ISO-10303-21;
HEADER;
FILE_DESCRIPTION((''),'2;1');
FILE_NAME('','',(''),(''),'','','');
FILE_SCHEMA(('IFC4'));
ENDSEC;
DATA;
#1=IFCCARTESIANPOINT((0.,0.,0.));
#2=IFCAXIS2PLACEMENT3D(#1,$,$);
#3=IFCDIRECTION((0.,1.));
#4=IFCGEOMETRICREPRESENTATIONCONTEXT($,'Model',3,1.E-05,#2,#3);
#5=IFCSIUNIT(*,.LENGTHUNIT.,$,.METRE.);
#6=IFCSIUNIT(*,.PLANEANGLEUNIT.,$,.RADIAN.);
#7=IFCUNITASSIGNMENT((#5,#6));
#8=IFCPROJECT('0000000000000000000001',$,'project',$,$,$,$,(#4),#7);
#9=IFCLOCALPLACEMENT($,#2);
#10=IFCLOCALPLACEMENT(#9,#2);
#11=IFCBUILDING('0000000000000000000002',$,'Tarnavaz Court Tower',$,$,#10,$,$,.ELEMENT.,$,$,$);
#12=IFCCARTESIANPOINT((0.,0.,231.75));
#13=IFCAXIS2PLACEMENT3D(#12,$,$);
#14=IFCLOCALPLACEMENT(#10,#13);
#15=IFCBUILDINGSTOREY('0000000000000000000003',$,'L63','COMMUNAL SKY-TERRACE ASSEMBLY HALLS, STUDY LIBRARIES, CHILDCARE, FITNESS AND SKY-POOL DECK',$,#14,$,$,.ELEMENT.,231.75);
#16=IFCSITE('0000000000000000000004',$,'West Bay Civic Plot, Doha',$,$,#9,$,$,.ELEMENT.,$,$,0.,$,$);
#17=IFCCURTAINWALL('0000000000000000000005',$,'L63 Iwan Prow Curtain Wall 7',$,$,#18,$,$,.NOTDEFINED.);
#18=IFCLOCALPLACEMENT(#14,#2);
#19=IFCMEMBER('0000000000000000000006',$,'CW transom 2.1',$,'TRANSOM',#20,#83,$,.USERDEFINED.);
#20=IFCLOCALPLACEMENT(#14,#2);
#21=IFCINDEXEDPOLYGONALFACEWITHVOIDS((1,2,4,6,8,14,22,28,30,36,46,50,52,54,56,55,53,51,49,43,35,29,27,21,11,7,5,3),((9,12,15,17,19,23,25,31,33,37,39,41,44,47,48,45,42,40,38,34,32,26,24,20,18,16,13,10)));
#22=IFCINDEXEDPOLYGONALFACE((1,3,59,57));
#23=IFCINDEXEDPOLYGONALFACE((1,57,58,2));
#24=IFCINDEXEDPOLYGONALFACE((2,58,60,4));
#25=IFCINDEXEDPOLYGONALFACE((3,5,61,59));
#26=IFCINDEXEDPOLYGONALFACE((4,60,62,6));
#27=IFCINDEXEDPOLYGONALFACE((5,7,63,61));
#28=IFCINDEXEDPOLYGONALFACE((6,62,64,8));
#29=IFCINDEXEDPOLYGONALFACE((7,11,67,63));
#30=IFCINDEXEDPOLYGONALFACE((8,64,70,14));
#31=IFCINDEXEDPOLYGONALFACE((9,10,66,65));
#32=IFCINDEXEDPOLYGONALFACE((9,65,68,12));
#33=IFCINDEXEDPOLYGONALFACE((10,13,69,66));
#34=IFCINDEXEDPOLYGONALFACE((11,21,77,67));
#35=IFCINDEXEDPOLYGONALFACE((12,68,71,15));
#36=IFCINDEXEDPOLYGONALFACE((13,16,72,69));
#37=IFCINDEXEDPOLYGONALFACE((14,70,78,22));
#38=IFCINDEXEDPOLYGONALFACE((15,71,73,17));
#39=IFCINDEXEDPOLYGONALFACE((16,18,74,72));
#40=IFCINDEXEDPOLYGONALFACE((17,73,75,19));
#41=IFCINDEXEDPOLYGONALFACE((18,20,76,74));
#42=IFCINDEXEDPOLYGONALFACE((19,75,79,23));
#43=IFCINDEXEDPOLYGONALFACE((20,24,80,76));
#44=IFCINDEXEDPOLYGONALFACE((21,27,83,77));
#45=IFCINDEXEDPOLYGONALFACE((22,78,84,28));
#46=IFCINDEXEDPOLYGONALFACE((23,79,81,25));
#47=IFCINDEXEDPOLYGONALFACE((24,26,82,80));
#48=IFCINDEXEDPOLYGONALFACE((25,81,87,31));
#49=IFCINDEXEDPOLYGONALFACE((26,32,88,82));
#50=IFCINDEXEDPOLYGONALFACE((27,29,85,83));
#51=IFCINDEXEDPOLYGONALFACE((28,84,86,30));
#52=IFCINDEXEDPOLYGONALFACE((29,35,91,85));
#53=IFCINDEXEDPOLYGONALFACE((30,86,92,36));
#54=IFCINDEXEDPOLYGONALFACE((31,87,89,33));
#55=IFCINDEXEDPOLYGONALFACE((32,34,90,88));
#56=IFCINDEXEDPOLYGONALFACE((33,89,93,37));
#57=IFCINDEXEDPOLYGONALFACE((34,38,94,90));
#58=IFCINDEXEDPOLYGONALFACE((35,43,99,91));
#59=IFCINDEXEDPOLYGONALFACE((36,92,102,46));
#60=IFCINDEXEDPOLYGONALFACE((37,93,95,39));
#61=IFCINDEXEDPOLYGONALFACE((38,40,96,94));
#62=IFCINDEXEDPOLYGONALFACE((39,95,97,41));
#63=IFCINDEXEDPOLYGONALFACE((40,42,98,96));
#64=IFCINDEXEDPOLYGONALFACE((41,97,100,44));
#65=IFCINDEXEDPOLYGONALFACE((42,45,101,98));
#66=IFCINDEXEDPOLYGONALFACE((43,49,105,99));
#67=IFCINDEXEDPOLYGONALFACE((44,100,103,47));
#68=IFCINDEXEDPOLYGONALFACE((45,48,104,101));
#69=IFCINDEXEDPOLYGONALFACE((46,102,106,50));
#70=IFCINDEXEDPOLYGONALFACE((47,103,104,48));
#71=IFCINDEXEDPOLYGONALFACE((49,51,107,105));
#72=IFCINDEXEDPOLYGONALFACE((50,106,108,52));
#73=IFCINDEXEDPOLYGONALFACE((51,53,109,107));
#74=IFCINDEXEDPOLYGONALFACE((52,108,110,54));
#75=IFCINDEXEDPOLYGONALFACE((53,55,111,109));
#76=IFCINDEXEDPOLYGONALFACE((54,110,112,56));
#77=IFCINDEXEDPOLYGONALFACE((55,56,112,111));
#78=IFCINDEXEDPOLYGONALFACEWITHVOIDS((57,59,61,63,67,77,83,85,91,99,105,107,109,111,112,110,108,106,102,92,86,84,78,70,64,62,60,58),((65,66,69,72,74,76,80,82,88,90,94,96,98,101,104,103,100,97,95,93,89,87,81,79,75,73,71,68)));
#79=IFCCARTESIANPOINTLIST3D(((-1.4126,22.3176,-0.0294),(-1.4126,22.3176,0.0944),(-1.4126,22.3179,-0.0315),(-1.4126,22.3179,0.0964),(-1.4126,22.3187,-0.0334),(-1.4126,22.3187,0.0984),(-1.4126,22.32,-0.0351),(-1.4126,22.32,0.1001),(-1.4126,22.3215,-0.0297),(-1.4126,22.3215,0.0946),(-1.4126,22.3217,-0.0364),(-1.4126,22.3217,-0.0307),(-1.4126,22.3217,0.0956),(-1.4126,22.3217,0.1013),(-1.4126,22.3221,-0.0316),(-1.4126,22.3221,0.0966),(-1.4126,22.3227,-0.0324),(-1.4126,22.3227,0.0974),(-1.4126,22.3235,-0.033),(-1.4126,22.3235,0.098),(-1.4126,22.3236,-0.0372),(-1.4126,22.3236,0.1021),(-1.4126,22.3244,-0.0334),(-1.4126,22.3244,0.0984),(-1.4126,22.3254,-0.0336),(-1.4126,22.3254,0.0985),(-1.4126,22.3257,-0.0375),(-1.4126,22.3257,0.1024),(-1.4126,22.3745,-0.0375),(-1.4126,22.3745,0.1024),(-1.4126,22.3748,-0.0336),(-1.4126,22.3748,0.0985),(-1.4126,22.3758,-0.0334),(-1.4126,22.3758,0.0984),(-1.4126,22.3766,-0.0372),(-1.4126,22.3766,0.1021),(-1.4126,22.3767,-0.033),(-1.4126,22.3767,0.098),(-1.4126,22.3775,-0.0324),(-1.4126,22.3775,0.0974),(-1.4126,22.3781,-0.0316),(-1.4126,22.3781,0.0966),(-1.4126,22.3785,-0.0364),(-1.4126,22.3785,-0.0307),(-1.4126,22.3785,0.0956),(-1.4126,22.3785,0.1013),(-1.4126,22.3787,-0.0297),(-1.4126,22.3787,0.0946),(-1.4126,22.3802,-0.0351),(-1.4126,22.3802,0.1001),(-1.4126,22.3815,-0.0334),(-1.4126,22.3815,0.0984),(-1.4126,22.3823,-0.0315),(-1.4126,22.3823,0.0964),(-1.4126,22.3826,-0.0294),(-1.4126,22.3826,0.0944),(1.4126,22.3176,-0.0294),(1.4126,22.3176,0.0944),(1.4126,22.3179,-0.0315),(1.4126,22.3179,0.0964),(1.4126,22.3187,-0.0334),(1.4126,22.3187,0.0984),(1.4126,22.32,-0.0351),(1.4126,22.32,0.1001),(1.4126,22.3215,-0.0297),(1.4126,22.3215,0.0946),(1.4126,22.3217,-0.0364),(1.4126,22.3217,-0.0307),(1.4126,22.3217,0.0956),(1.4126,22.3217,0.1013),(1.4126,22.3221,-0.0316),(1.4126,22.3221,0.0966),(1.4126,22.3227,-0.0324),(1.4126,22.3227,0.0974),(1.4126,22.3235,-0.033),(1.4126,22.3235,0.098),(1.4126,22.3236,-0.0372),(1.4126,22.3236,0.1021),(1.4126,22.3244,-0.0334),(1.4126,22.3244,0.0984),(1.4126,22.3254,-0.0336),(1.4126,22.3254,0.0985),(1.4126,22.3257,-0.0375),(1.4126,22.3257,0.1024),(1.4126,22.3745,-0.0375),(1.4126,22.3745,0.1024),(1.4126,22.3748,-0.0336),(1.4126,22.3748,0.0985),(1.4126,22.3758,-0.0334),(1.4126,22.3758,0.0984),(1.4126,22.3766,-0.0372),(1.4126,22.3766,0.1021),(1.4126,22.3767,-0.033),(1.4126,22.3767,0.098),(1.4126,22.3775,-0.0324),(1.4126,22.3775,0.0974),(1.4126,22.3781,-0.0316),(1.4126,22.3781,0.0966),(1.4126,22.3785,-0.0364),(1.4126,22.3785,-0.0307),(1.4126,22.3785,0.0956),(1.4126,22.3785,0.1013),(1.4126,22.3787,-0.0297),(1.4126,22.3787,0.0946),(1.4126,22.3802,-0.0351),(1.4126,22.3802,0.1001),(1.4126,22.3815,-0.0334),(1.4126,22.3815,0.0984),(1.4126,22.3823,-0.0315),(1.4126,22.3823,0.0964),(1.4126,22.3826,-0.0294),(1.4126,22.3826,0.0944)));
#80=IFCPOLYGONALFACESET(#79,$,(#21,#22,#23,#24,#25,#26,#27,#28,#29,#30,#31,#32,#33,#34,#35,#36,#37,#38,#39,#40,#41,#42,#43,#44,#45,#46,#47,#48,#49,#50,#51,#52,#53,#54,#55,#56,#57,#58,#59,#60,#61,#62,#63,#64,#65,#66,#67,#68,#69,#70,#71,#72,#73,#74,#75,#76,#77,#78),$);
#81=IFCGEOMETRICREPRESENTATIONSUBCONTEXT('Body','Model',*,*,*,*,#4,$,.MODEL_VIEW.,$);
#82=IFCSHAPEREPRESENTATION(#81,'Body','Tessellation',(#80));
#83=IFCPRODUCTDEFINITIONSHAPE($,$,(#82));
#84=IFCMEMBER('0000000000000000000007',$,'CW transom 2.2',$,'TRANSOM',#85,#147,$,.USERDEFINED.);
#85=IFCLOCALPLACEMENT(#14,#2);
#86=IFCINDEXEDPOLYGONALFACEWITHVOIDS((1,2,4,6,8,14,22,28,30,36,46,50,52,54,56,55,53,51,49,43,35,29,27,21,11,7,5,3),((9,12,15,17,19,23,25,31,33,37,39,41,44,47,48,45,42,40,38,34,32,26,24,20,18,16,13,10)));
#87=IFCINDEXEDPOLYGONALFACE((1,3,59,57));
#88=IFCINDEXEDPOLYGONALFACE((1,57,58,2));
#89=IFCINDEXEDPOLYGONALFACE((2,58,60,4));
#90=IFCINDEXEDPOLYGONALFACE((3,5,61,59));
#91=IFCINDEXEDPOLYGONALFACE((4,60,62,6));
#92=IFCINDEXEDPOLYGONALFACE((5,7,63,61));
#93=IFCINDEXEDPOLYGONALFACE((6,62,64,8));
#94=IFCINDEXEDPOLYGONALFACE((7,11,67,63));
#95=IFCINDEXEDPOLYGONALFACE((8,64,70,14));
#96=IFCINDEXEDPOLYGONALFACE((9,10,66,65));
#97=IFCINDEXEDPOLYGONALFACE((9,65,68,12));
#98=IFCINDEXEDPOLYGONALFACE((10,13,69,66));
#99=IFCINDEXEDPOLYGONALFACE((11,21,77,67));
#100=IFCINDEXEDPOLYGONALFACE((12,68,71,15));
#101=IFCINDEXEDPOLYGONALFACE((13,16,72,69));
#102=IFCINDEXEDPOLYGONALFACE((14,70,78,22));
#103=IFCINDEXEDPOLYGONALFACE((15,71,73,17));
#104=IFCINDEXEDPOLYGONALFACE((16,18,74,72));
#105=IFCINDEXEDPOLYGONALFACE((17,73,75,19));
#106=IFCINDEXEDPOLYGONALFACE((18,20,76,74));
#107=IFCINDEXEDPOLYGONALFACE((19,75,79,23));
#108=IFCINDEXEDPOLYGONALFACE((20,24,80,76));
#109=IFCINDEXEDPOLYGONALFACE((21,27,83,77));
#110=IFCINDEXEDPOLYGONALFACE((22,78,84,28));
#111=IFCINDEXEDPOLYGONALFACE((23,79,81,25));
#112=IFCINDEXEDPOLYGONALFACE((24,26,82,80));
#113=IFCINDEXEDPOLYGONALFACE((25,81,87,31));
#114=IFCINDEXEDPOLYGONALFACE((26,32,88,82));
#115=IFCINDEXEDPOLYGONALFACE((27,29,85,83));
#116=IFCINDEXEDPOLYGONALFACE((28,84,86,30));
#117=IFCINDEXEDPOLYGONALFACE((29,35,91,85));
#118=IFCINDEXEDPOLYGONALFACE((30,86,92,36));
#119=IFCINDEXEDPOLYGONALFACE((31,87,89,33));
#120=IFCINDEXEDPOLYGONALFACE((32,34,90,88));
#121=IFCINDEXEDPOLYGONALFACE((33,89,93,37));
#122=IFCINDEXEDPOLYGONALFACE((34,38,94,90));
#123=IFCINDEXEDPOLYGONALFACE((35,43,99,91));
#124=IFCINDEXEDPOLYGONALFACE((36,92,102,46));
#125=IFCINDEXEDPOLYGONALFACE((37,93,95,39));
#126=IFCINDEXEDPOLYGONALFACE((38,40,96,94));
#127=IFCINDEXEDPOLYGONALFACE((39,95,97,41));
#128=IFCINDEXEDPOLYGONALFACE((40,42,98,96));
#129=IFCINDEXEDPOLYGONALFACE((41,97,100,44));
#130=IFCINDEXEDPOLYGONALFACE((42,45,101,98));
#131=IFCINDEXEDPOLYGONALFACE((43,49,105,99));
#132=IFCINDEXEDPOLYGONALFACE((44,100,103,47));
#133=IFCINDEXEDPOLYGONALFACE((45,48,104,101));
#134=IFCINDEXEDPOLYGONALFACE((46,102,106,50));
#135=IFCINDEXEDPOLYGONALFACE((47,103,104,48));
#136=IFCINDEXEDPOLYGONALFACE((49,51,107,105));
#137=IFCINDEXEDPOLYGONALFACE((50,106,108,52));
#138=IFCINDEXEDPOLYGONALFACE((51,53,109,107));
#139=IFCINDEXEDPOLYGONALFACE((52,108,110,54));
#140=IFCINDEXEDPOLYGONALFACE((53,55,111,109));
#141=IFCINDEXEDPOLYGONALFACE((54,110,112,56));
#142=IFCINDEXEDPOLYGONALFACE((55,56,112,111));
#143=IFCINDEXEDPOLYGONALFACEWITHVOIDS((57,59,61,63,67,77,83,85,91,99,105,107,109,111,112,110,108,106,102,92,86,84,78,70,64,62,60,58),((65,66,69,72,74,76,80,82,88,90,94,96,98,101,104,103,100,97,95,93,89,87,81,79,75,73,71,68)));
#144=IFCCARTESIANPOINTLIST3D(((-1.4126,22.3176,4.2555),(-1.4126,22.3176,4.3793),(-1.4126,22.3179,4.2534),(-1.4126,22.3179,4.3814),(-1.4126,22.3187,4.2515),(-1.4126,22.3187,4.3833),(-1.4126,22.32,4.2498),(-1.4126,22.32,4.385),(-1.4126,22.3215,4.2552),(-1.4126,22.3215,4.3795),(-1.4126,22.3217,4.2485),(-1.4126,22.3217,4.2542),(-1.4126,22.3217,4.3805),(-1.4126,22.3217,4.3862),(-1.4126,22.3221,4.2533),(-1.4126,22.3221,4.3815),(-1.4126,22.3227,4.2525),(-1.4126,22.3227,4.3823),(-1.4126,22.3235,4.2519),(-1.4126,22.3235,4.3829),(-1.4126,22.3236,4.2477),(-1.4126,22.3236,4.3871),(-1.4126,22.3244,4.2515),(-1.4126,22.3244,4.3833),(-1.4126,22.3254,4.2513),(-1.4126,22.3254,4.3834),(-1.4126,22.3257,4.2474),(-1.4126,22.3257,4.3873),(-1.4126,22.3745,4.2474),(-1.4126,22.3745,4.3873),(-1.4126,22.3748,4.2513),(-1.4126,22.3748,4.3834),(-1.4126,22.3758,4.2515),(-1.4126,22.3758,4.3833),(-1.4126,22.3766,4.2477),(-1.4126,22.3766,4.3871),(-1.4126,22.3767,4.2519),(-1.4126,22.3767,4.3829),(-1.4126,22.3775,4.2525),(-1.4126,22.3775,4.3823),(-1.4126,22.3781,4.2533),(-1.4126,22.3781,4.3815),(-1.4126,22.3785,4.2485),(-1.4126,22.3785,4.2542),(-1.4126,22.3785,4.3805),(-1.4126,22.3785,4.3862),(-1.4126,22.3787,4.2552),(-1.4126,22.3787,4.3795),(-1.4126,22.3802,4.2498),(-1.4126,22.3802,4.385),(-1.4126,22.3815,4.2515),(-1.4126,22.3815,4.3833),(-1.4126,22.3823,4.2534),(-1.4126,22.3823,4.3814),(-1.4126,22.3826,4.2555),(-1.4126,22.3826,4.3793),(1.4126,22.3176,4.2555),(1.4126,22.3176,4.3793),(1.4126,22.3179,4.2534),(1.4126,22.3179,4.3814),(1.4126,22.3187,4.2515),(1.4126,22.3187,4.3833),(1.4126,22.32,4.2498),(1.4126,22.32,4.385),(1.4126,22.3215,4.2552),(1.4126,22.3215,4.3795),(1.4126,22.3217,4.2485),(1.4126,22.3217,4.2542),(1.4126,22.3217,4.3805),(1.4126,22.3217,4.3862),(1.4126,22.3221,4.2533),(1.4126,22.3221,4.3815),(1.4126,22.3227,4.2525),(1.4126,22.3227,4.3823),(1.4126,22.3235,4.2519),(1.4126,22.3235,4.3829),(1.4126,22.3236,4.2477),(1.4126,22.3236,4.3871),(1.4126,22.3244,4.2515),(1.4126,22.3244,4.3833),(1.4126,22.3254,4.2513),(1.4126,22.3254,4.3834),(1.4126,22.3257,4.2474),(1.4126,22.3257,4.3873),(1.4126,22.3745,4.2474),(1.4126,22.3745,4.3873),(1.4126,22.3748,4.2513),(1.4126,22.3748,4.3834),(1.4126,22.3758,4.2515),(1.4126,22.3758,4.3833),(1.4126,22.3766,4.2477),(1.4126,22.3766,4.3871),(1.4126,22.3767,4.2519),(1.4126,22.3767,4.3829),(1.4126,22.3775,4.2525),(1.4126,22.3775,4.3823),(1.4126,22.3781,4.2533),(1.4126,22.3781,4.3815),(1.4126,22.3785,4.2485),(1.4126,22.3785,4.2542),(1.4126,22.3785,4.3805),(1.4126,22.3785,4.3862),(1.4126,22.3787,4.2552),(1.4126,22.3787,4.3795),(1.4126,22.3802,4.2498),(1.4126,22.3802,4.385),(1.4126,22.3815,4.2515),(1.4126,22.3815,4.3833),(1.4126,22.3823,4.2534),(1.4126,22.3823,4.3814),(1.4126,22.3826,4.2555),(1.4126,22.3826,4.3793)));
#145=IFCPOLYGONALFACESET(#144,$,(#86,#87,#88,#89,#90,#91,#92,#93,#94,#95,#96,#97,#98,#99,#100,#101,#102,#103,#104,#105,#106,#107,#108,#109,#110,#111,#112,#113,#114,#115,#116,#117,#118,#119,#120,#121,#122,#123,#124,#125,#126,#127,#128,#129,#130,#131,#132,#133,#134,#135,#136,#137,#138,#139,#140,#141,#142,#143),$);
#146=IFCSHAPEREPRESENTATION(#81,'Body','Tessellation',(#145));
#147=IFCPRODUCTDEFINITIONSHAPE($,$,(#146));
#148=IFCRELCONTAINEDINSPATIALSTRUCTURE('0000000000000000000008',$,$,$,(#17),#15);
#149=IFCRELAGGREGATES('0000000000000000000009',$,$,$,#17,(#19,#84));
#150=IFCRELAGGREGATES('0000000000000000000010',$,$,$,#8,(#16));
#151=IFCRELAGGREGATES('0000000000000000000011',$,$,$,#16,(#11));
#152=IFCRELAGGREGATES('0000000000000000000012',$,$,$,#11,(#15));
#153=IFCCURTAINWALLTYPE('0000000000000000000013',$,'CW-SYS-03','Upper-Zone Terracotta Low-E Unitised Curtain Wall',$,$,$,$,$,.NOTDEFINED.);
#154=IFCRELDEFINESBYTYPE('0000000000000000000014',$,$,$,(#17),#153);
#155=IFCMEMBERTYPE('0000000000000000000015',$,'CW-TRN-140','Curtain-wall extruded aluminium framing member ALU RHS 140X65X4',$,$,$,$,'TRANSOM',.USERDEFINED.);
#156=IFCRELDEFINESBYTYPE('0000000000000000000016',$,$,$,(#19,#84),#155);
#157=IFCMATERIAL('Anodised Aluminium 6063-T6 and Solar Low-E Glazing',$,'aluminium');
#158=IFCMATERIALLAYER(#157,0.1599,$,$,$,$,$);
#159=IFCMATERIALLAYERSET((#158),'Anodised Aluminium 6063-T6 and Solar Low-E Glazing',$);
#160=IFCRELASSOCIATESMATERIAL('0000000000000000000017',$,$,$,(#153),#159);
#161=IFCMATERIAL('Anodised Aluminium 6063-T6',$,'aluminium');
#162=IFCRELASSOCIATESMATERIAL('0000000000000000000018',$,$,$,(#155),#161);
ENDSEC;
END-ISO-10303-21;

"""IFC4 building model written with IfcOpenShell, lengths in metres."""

from ifc_helpers import new_model, si_unit, direction, frame, origin, origin_2d, place, context, subcontext, project, spatial, hollow_rectangle, extrude, material, layer, layer_set, material_profile, profile_set, type_object, element, aggregate, save


model = new_model("IFC4")

# Units and contexts
model_context = context("Model", 3, precision=1e-05, world=origin(), true_north=direction((0.0, 1.0)))
body_context = subcontext(model_context, "Body", "Model", "MODEL_VIEW")
ifc_project = project(units=[si_unit("LENGTHUNIT", "METRE"), si_unit("PLANEANGLEUNIT", "RADIAN")], contexts=[model_context])

# Site, building, storey
site_placement = place(None, origin())
site = spatial("IfcSite", under=ifc_project, at=site_placement, Name="West Bay Civic Plot, Doha", CompositionType="ELEMENT", RefElevation=0.0)
building_placement = place(site_placement, origin())
building = spatial("IfcBuilding", under=site, at=building_placement, Name="Tarnavaz Court Tower", CompositionType="ELEMENT")
storey_placement = place(building_placement, frame((0.0, 0.0, 231.75)))
storey = spatial("IfcBuildingStorey", under=building, at=storey_placement, Name="L63", Description="COMMUNAL SKY-TERRACE ASSEMBLY HALLS, STUDY LIBRARIES, CHILDCARE, FITNESS AND SKY-POOL DECK", CompositionType="ELEMENT", Elevation=231.75)

# Curtain wall, members
ifc_material_1 = material(Name="Anodised Aluminium 6063-T6 and Solar Low-E Glazing", Category="aluminium")
ifc_layer_1 = layer(ifc_material_1, 0.1599)
ifc_layer_set_1 = layer_set([ifc_layer_1], Name="Anodised Aluminium 6063-T6 and Solar Low-E Glazing")
curtain_wall_type = type_object("IfcCurtainWallType", Name="CW-SYS-03", Description="Upper-Zone Terracotta Low-E Unitised Curtain Wall", PredefinedType="NOTDEFINED", material=ifc_layer_set_1)
curtain_wall_placement = place(storey_placement, origin())
curtain_wall = element("IfcCurtainWall", 1, at=curtain_wall_placement, inside=storey, type_object=curtain_wall_type, Name="L63 Iwan Prow Curtain Wall 7", PredefinedType="NOTDEFINED")
ifc_material_2 = material(Name="Anodised Aluminium 6063-T6", Category="aluminium")
ifc_material_profile_1 = material_profile(ifc_material_2, hollow_rectangle(XDim=0.0649, YDim=0.1399, WallThickness=0.0039, InnerFilletRadius=0.0039, OuterFilletRadius=0.0081, at=origin_2d()), Name="ALU RHS 140X65X4")
ifc_profile_set_1 = profile_set([ifc_material_profile_1], Name="Anodised Aluminium 6063-T6")
member_type_1 = type_object("IfcMemberType", Name="CW-TRN-140", Description="Curtain-wall extruded aluminium framing member ALU RHS 140X65X4", ElementType="TRANSOM", PredefinedType="USERDEFINED", material=ifc_profile_set_1)
member_1_placement = place(storey_placement, frame((-1.4126, 22.3501, 0.0325), z_axis=(1.0, 0.0, 0.0), x_axis=(0.0, 1.0, 0.0)))
member_1 = element("IfcMember", 2, at=member_1_placement, type_object=member_type_1, Name="CW transom 2.1", ObjectType="TRANSOM", PredefinedType="USERDEFINED", context=body_context, shape_type="SweptSolid", body=[
    extrude(hollow_rectangle(XDim=0.0649, YDim=0.1399, WallThickness=0.0039, InnerFilletRadius=0.0039, OuterFilletRadius=0.0081, at=origin_2d()), origin(), (0.0, 0.0, 1.0), 2.8252),
])
member_2_placement = place(storey_placement, frame((-1.4126, 22.3501, 4.3174), z_axis=(1.0, 0.0, 0.0), x_axis=(0.0, 1.0, 0.0)))
member_2 = element("IfcMember", 3, at=member_2_placement, type_object=member_type_1, Name="CW transom 2.2", ObjectType="TRANSOM", PredefinedType="USERDEFINED", context=body_context, shape_type="SweptSolid", body=[
    extrude(hollow_rectangle(XDim=0.0649, YDim=0.1399, WallThickness=0.0039, InnerFilletRadius=0.0039, OuterFilletRadius=0.0081, at=origin_2d()), origin(), (0.0, 0.0, 1.0), 2.8252),
])
aggregate(curtain_wall, [member_1, member_2])

save(model, "model.ifc")
